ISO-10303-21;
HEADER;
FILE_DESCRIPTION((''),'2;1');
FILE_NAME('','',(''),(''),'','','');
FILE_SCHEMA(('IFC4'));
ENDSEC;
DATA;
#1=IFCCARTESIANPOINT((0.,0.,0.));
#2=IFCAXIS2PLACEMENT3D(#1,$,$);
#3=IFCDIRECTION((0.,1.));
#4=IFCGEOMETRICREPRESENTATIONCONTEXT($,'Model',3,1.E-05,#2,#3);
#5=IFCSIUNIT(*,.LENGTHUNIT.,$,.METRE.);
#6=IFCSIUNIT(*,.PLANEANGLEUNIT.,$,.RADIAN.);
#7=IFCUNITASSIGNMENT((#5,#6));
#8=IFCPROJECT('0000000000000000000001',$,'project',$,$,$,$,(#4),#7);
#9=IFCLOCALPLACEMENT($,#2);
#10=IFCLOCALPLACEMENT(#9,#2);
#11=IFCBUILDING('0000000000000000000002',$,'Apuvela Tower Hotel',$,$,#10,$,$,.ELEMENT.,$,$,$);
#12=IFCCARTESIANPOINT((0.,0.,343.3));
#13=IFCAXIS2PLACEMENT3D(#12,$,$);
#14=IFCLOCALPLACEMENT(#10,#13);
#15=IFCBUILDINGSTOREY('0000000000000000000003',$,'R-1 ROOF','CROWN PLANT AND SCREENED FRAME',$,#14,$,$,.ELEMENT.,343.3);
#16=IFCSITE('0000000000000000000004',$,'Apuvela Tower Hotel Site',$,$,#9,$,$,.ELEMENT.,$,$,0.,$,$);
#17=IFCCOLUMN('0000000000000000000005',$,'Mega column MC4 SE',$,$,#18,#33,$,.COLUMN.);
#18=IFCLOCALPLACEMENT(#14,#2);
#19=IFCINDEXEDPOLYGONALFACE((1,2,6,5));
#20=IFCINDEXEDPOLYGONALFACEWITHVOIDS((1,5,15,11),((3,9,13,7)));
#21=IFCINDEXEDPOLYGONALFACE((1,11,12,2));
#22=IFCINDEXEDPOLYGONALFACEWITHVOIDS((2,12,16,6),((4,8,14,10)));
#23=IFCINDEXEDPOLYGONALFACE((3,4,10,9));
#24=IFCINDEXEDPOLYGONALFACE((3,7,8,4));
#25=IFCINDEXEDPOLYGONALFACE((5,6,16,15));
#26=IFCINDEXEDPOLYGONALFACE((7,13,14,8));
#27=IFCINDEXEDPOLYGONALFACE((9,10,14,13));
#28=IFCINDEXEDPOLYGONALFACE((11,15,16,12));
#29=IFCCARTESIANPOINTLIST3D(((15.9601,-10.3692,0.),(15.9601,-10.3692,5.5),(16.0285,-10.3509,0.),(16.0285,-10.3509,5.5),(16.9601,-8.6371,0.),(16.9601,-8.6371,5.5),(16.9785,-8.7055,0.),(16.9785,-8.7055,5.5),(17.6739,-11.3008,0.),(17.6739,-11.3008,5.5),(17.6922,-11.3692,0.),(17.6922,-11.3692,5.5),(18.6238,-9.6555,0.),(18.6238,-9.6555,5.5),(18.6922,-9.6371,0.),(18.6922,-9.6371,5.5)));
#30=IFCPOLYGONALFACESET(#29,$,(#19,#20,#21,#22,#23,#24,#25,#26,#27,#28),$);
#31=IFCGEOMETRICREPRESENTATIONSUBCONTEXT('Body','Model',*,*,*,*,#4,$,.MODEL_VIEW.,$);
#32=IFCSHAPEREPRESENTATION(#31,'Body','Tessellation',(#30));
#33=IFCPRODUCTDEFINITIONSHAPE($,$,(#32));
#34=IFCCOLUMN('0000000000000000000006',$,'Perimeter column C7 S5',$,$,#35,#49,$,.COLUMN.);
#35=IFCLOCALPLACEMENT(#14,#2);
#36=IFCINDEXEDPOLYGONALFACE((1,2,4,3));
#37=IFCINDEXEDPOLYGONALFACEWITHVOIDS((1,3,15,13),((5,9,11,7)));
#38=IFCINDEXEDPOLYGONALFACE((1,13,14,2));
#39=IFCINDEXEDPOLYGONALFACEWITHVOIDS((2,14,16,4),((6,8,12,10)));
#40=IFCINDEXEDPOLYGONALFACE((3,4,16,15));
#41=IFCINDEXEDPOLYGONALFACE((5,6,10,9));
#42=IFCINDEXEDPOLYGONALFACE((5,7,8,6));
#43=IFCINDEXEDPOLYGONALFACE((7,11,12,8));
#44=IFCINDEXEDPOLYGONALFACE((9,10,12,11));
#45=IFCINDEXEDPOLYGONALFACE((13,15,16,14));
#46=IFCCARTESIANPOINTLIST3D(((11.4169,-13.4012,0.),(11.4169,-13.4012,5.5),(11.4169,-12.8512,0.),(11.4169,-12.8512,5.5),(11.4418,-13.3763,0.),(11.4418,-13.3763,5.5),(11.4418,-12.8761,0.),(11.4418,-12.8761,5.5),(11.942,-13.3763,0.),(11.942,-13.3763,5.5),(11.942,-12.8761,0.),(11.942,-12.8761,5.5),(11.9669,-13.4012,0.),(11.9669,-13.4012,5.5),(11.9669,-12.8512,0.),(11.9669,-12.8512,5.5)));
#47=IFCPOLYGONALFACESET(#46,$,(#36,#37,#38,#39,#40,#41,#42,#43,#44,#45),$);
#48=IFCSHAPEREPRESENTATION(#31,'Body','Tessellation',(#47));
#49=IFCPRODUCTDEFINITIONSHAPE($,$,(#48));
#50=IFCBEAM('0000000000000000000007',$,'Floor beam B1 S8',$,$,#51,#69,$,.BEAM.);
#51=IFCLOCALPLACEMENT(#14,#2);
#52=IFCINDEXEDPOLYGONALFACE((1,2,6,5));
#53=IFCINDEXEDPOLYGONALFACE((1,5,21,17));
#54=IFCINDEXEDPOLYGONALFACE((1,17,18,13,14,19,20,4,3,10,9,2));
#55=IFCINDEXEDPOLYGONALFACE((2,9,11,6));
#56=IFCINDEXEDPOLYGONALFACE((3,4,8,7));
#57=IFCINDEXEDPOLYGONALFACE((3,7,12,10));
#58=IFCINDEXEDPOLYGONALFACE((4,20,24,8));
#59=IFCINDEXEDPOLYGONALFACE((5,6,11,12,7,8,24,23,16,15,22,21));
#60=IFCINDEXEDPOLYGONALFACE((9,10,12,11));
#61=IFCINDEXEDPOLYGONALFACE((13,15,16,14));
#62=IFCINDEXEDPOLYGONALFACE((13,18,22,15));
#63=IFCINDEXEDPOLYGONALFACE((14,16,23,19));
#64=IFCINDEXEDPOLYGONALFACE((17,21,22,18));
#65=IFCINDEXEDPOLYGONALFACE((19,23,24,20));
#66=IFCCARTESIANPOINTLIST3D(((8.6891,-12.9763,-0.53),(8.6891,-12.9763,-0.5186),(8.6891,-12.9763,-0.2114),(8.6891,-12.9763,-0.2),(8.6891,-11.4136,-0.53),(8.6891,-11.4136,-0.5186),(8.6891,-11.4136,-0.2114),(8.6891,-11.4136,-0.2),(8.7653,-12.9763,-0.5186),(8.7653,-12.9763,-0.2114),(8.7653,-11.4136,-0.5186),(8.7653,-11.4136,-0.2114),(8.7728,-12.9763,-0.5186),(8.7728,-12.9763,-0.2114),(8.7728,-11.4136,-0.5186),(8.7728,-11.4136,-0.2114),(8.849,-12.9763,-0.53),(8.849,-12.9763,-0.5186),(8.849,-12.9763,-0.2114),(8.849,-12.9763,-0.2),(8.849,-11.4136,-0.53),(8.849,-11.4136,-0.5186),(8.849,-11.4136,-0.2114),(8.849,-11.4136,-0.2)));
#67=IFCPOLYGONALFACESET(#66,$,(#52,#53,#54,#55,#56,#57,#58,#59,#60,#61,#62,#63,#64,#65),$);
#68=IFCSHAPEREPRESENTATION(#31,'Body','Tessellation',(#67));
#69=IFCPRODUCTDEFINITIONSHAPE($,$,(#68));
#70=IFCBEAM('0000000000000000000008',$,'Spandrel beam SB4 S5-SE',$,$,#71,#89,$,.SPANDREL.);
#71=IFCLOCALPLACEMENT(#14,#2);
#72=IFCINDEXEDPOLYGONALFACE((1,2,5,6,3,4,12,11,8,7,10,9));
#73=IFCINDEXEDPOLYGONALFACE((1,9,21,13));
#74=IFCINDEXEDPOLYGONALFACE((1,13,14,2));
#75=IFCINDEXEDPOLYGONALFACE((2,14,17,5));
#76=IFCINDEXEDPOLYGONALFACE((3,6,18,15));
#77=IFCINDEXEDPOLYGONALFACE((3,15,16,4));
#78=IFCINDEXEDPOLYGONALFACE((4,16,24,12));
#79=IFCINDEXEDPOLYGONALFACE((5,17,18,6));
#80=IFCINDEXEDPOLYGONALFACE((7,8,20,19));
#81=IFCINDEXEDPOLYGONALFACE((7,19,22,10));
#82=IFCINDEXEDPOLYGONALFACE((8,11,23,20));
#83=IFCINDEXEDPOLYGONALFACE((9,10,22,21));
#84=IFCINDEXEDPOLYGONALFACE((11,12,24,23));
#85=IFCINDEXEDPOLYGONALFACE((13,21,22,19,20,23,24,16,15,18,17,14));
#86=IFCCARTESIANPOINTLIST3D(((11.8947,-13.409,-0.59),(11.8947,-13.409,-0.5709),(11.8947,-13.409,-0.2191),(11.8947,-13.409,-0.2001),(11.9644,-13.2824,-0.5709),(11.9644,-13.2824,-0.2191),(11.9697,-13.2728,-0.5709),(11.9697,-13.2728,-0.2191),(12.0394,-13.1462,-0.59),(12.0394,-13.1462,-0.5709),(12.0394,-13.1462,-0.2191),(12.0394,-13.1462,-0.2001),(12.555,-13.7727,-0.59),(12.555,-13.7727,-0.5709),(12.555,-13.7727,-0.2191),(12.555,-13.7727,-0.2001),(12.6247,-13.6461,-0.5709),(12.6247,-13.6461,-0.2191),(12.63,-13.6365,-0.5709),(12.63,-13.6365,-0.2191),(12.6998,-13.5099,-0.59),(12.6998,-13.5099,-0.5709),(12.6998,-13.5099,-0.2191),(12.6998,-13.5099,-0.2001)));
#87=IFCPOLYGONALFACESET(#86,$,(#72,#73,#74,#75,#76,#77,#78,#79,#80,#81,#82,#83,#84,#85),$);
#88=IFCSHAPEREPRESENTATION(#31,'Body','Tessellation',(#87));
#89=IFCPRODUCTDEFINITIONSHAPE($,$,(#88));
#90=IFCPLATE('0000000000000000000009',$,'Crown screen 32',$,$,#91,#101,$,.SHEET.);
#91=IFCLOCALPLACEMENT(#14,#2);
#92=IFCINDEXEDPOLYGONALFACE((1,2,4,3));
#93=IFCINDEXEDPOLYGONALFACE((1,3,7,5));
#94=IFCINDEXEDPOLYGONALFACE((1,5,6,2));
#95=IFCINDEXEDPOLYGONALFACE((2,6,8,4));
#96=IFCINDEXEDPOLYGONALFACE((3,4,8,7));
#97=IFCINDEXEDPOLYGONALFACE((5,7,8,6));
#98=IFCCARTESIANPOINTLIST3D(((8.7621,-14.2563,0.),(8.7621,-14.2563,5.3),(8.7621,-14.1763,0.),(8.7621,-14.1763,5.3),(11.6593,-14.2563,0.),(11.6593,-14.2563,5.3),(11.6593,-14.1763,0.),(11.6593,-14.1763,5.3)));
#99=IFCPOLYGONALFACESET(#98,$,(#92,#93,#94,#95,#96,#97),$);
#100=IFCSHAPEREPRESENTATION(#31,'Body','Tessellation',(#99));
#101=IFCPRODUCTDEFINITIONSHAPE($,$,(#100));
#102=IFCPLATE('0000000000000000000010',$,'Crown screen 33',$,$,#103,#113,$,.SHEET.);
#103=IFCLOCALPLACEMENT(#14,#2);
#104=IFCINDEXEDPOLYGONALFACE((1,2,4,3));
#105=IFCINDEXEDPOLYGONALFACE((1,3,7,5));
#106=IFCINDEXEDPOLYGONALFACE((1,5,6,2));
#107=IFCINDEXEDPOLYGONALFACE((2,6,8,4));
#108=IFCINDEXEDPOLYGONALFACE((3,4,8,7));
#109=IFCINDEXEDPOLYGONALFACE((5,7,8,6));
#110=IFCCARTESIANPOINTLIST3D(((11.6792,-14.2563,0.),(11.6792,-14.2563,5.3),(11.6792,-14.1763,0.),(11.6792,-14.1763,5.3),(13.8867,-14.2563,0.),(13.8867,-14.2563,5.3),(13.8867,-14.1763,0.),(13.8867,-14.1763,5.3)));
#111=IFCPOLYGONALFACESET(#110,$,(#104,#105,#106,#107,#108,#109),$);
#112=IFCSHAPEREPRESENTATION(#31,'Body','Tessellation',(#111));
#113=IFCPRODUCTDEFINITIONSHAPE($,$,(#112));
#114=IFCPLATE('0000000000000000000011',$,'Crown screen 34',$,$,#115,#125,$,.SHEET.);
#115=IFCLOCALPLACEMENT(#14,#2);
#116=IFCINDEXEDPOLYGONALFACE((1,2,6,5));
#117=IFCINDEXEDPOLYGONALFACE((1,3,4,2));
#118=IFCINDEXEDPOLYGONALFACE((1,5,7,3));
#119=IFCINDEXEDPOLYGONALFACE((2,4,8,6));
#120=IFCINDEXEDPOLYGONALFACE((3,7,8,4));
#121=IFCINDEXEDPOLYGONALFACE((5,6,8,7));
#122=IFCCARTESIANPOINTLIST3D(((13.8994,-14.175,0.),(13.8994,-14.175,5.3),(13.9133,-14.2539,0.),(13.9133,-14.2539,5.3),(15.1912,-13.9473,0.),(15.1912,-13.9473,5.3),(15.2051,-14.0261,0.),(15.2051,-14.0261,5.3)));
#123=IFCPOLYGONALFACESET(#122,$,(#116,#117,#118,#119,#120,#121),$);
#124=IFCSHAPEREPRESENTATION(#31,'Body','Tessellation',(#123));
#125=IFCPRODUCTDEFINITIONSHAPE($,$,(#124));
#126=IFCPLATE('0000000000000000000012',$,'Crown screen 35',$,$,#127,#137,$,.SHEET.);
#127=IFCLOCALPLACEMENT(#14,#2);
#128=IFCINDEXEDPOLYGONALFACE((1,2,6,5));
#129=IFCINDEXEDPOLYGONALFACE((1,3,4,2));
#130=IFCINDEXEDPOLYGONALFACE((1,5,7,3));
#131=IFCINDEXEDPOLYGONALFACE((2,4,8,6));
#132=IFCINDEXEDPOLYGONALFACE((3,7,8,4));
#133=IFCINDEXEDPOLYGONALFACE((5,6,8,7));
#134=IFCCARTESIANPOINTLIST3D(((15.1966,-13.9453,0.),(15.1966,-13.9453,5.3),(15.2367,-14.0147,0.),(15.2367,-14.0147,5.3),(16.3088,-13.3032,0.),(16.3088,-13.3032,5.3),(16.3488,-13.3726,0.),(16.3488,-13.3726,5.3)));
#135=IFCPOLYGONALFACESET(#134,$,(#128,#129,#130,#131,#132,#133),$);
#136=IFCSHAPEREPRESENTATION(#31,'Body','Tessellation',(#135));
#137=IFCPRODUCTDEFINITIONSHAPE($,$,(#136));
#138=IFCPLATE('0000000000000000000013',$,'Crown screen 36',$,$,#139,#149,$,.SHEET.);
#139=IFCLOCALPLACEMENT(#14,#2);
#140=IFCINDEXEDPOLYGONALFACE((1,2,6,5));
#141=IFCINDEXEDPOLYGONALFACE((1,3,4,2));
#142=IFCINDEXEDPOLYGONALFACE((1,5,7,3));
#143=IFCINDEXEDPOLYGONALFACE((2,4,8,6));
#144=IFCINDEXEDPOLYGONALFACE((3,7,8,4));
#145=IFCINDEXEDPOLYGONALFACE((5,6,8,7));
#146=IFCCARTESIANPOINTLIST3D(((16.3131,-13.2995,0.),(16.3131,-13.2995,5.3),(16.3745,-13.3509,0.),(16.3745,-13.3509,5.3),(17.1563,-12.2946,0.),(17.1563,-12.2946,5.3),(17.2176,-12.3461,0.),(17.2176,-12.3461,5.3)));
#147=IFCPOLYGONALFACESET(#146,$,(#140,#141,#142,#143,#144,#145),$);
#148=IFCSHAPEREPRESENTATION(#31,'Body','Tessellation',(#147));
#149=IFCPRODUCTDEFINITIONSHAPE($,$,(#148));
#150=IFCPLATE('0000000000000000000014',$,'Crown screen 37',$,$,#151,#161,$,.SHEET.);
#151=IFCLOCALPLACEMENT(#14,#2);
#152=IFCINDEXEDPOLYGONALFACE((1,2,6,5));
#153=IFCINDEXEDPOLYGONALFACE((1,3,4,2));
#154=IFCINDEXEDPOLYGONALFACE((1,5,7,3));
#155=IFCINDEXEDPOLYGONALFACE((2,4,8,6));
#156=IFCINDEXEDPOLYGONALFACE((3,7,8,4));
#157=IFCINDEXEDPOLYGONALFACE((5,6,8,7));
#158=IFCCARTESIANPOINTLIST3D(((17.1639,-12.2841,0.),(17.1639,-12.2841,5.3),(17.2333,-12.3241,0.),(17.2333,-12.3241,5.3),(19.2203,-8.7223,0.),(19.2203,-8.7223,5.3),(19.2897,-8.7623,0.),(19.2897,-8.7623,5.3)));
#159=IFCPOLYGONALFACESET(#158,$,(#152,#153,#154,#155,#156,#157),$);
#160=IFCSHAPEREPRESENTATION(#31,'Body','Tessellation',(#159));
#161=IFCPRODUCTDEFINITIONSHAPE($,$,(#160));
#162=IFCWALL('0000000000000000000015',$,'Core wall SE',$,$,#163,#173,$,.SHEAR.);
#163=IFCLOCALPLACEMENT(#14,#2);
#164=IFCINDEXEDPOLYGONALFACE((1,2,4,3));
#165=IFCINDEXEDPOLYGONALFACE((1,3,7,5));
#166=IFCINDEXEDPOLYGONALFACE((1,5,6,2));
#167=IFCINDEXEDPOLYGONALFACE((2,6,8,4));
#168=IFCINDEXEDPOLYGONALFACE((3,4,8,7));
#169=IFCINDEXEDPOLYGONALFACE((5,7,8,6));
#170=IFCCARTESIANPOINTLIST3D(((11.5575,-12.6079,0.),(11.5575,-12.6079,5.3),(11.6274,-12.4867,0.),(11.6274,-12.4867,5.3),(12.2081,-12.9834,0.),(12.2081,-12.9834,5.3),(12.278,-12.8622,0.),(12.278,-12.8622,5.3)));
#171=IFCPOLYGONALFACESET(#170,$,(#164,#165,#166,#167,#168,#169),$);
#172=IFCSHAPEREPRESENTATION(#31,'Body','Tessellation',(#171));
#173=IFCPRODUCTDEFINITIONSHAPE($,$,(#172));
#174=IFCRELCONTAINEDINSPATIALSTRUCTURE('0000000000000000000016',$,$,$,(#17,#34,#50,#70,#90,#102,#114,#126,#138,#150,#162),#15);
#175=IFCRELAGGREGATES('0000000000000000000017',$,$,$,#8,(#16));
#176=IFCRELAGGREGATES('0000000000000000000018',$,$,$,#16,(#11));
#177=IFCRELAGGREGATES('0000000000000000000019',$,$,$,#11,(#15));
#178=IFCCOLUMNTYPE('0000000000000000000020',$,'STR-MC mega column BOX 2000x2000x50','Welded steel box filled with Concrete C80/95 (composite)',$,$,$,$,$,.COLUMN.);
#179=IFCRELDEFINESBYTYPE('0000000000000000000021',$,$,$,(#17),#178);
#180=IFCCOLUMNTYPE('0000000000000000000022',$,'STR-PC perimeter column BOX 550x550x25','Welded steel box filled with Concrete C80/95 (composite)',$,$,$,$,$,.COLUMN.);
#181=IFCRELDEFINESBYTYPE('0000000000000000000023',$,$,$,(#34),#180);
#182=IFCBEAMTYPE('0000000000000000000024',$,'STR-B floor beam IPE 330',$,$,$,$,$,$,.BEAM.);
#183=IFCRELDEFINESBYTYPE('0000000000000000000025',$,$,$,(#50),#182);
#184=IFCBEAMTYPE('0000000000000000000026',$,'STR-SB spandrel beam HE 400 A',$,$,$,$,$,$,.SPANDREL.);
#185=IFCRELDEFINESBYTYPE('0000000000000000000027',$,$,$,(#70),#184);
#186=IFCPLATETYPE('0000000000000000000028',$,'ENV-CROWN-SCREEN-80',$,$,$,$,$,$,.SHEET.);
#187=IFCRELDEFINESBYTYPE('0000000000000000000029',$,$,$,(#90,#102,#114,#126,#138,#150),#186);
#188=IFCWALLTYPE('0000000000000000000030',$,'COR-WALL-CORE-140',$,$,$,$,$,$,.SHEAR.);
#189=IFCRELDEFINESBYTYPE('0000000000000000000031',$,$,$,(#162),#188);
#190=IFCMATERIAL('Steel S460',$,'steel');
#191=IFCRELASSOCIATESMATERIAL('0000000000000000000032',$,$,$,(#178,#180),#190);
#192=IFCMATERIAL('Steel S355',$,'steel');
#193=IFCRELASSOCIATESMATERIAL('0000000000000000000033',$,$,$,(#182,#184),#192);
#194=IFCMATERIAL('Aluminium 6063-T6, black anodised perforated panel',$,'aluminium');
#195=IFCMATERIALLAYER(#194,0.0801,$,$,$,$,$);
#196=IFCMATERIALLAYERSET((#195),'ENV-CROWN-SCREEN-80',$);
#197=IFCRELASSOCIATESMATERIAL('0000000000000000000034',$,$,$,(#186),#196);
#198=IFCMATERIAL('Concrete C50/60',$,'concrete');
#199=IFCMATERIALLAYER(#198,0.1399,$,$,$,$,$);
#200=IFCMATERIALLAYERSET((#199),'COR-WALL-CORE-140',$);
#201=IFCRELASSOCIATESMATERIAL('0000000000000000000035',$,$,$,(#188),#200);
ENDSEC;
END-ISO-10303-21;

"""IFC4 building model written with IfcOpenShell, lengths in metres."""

from ifc_helpers import new_model, si_unit, direction, frame, frame_2d, origin, origin_2d, place, context, subcontext, project, spatial, rectangle, hollow_rectangle, i_section, extrude, material, layer, layer_set, material_profile, profile_set, type_object, element, save


model = new_model("IFC4")

# Units and contexts
model_context = context("Model", 3, precision=1e-05, world=origin(), true_north=direction((0.0, 1.0)))
body_context = subcontext(model_context, "Body", "Model", "MODEL_VIEW")
ifc_project = project(units=[si_unit("LENGTHUNIT", "METRE"), si_unit("PLANEANGLEUNIT", "RADIAN")], contexts=[model_context])

# Site, building, storey
site_placement = place(None, origin())
site = spatial("IfcSite", under=ifc_project, at=site_placement, Name="Apuvela Tower Hotel Site", CompositionType="ELEMENT", RefElevation=0.0)
building_placement = place(site_placement, origin())
building = spatial("IfcBuilding", under=site, at=building_placement, Name="Apuvela Tower Hotel", CompositionType="ELEMENT")
storey_placement = place(building_placement, frame((0.0, 0.0, 343.3)))
storey = spatial("IfcBuildingStorey", under=building, at=storey_placement, Name="R-1 ROOF", Description="CROWN PLANT AND SCREENED FRAME", CompositionType="ELEMENT", Elevation=343.3)

# Columns
ifc_material_1 = material(Name="Steel S460", Category="steel")
ifc_material_profile_1 = material_profile(ifc_material_1, hollow_rectangle(XDim=2.0, YDim=2.0, WallThickness=0.05, at=origin_2d()), Name="BOX 2000x2000x50")
ifc_material_2 = material(Name="Concrete C80/95", Category="concrete")
ifc_material_profile_2 = material_profile(ifc_material_2, rectangle(XDim=1.8999, YDim=1.8999, at=origin_2d()), Name="Concrete C80/95 infill")
ifc_profile_set_1 = profile_set([ifc_material_profile_1, ifc_material_profile_2], Name="Steel S460")
column_type_1 = type_object("IfcColumnType", Name="STR-MC mega column BOX 2000x2000x50", Description="Welded steel box filled with Concrete C80/95 (composite)", PredefinedType="COLUMN", material=ifc_profile_set_1)
column_1_placement = place(storey_placement, frame((17.3262, -10.0032, 0.0), z_axis=(0.0, 0.0, 1.0), x_axis=(0.5, 0.866025, 0.0)))
element("IfcColumn", 1, at=column_1_placement, inside=storey, type_object=column_type_1, Name="Mega column MC4 SE", PredefinedType="COLUMN", context=body_context, shape_type="SweptSolid", body=[
    extrude(hollow_rectangle(XDim=2.0, YDim=2.0, WallThickness=0.05, at=origin_2d()), origin(), (0.0, 0.0, 1.0), 5.5),
])
ifc_material_profile_3 = material_profile(ifc_material_1, hollow_rectangle(XDim=0.55, YDim=0.55, WallThickness=0.0249, at=origin_2d()), Name="BOX 550x550x25")
ifc_material_profile_4 = material_profile(ifc_material_2, rectangle(XDim=0.5, YDim=0.5, at=origin_2d()), Name="Concrete C80/95 infill")
ifc_profile_set_2 = profile_set([ifc_material_profile_3, ifc_material_profile_4], Name="Steel S460")
column_type_2 = type_object("IfcColumnType", Name="STR-PC perimeter column BOX 550x550x25", Description="Welded steel box filled with Concrete C80/95 (composite)", PredefinedType="COLUMN", material=ifc_profile_set_2)
column_2_placement = place(storey_placement, frame((11.6919, -13.1262, 0.0), z_axis=(0.0, 0.0, 1.0), x_axis=(-1.0, 0.0, 0.0)))
element("IfcColumn", 2, at=column_2_placement, inside=storey, type_object=column_type_2, Name="Perimeter column C7 S5", PredefinedType="COLUMN", context=body_context, shape_type="SweptSolid", body=[
    extrude(hollow_rectangle(XDim=0.55, YDim=0.55, WallThickness=0.0249, at=origin_2d()), origin(), (0.0, 0.0, 1.0), 5.5),
])

# Beams
ifc_material_3 = material(Name="Steel S355", Category="steel")
ifc_material_profile_5 = material_profile(ifc_material_3, i_section(OverallWidth=0.1599, OverallDepth=0.3301, WebThickness=0.0076, FlangeThickness=0.0115, at=origin_2d()), Name="IPE 330")
ifc_profile_set_3 = profile_set([ifc_material_profile_5], Name="Steel S355")
beam_type_1 = type_object("IfcBeamType", Name="STR-B floor beam IPE 330", PredefinedType="BEAM", material=ifc_profile_set_3)
beam_1_placement = place(storey_placement, frame((8.769, -12.9763, -0.365), z_axis=(0.0, 1.0, 0.0), x_axis=(-1.0, 0.0, 0.0)))
element("IfcBeam", 3, at=beam_1_placement, inside=storey, type_object=beam_type_1, Name="Floor beam B1 S8", PredefinedType="BEAM", context=body_context, shape_type="SweptSolid", body=[
    extrude(i_section(OverallWidth=0.1599, OverallDepth=0.3301, WebThickness=0.0076, FlangeThickness=0.0115, at=origin_2d()), origin(), (0.0, 0.0, 1.0), 1.5627),
])
ifc_material_profile_6 = material_profile(ifc_material_3, i_section(OverallWidth=0.3, OverallDepth=0.3899, WebThickness=0.011, FlangeThickness=0.019, at=origin_2d()), Name="HE 400 A")
ifc_profile_set_4 = profile_set([ifc_material_profile_6], Name="Steel S355")
beam_type_2 = type_object("IfcBeamType", Name="STR-SB spandrel beam HE 400 A", PredefinedType="SPANDREL", material=ifc_profile_set_4)
beam_2_placement = place(storey_placement, frame((11.967, -13.2776, -0.395), z_axis=(0.875908, -0.482478, 0.0), x_axis=(0.482478, 0.875908, 0.0)))
element("IfcBeam", 4, at=beam_2_placement, inside=storey, type_object=beam_type_2, Name="Spandrel beam SB4 S5-SE", PredefinedType="SPANDREL", context=body_context, shape_type="SweptSolid", body=[
    extrude(i_section(OverallWidth=0.3, OverallDepth=0.3899, WebThickness=0.011, FlangeThickness=0.019, at=origin_2d()), origin(), (0.0, 0.0, 1.0), 0.7539),
])

# Plates
ifc_material_4 = material(Name="Aluminium 6063-T6, black anodised perforated panel", Category="aluminium")
ifc_layer_1 = layer(ifc_material_4, 0.0801)
ifc_layer_set_1 = layer_set([ifc_layer_1], Name="ENV-CROWN-SCREEN-80")
plate_type = type_object("IfcPlateType", Name="ENV-CROWN-SCREEN-80", PredefinedType="SHEET", material=ifc_layer_set_1)
plate_1_placement = place(storey_placement, frame((10.2107, -14.2163, 0.0), z_axis=(0.0, 0.0, 1.0), x_axis=(1.0, 0.0, 0.0)))
element("IfcPlate", 5, at=plate_1_placement, inside=storey, type_object=plate_type, Name="Crown screen 32", PredefinedType="SHEET", context=body_context, shape_type="SweptSolid", body=[
    extrude(rectangle(XDim=2.8972, YDim=0.0801, at=origin_2d()), origin(), (0.0, 0.0, 1.0), 5.3),
])
plate_2_placement = place(storey_placement, frame((12.783, -14.2163, 0.0), z_axis=(0.0, 0.0, 1.0), x_axis=(1.0, 0.0, 0.0)))
element("IfcPlate", 6, at=plate_2_placement, inside=storey, type_object=plate_type, Name="Crown screen 33", PredefinedType="SHEET", context=body_context, shape_type="SweptSolid", body=[
    extrude(rectangle(XDim=2.2075, YDim=0.0801, at=origin_2d()), origin(), (0.0, 0.0, 1.0), 5.3),
])
plate_3_placement = place(storey_placement, frame((14.5522, -14.1006, 0.0), z_axis=(0.0, 0.0, 1.0), x_axis=(0.984808, 0.173648, 0.0)))
element("IfcPlate", 7, at=plate_3_placement, inside=storey, type_object=plate_type, Name="Crown screen 34", PredefinedType="SHEET", context=body_context, shape_type="SweptSolid", body=[
    extrude(rectangle(XDim=1.3118, YDim=0.0801, at=origin_2d()), origin(), (0.0, 0.0, 1.0), 5.3),
])
plate_4_placement = place(storey_placement, frame((15.7727, -13.6589, 0.0), z_axis=(0.0, 0.0, 1.0), x_axis=(0.866025, 0.5, 0.0)))
element("IfcPlate", 8, at=plate_4_placement, inside=storey, type_object=plate_type, Name="Crown screen 35", PredefinedType="SHEET", context=body_context, shape_type="SweptSolid", body=[
    extrude(rectangle(XDim=1.2842, YDim=0.0801, at=origin_2d()), origin(), (0.0, 0.0, 1.0), 5.3),
])
plate_5_placement = place(storey_placement, frame((16.7654, -12.8228, 0.0), z_axis=(0.0, 0.0, 1.0), x_axis=(0.642788, 0.766044, 0.0)))
element("IfcPlate", 9, at=plate_5_placement, inside=storey, type_object=plate_type, Name="Crown screen 36", PredefinedType="SHEET", context=body_context, shape_type="SweptSolid", body=[
    extrude(rectangle(XDim=1.3118, YDim=0.0801, at=origin_2d()), origin(), (0.0, 0.0, 1.0), 5.3),
])
plate_6_placement = place(storey_placement, frame((18.2268, -10.5232, 0.0), z_axis=(0.0, 0.0, 1.0), x_axis=(0.5, 0.866025, 0.0)))
element("IfcPlate", 10, at=plate_6_placement, inside=storey, type_object=plate_type, Name="Crown screen 37", PredefinedType="SHEET", context=body_context, shape_type="SweptSolid", body=[
    extrude(rectangle(XDim=4.1128, YDim=0.0801, at=origin_2d()), origin(), (0.0, 0.0, 1.0), 5.3),
])

# Wall
ifc_material_5 = material(Name="Concrete C50/60", Category="concrete")
ifc_layer_2 = layer(ifc_material_5, 0.1399)
ifc_layer_set_2 = layer_set([ifc_layer_2], Name="COR-WALL-CORE-140")
wall_type_1 = type_object("IfcWallType", Name="COR-WALL-CORE-140", PredefinedType="SHEAR", material=ifc_layer_set_2)
wall_1_placement = place(storey_placement, frame((11.5925, -12.5474, 0.0), z_axis=(0.0, 0.0, 1.0), x_axis=(0.866115, -0.499844, 0.0)))
element("IfcWall", 11, at=wall_1_placement, inside=storey, type_object=wall_type_1, Name="Core wall SE", PredefinedType="SHEAR", context=body_context, shape_type="SweptSolid", body=[
    extrude(rectangle(XDim=0.7512, YDim=0.1399, at=frame_2d((0.3755, 0.0))), origin(), (0.0, 0.0, 1.0), 5.3),
])

save(model, "model.ifc")
